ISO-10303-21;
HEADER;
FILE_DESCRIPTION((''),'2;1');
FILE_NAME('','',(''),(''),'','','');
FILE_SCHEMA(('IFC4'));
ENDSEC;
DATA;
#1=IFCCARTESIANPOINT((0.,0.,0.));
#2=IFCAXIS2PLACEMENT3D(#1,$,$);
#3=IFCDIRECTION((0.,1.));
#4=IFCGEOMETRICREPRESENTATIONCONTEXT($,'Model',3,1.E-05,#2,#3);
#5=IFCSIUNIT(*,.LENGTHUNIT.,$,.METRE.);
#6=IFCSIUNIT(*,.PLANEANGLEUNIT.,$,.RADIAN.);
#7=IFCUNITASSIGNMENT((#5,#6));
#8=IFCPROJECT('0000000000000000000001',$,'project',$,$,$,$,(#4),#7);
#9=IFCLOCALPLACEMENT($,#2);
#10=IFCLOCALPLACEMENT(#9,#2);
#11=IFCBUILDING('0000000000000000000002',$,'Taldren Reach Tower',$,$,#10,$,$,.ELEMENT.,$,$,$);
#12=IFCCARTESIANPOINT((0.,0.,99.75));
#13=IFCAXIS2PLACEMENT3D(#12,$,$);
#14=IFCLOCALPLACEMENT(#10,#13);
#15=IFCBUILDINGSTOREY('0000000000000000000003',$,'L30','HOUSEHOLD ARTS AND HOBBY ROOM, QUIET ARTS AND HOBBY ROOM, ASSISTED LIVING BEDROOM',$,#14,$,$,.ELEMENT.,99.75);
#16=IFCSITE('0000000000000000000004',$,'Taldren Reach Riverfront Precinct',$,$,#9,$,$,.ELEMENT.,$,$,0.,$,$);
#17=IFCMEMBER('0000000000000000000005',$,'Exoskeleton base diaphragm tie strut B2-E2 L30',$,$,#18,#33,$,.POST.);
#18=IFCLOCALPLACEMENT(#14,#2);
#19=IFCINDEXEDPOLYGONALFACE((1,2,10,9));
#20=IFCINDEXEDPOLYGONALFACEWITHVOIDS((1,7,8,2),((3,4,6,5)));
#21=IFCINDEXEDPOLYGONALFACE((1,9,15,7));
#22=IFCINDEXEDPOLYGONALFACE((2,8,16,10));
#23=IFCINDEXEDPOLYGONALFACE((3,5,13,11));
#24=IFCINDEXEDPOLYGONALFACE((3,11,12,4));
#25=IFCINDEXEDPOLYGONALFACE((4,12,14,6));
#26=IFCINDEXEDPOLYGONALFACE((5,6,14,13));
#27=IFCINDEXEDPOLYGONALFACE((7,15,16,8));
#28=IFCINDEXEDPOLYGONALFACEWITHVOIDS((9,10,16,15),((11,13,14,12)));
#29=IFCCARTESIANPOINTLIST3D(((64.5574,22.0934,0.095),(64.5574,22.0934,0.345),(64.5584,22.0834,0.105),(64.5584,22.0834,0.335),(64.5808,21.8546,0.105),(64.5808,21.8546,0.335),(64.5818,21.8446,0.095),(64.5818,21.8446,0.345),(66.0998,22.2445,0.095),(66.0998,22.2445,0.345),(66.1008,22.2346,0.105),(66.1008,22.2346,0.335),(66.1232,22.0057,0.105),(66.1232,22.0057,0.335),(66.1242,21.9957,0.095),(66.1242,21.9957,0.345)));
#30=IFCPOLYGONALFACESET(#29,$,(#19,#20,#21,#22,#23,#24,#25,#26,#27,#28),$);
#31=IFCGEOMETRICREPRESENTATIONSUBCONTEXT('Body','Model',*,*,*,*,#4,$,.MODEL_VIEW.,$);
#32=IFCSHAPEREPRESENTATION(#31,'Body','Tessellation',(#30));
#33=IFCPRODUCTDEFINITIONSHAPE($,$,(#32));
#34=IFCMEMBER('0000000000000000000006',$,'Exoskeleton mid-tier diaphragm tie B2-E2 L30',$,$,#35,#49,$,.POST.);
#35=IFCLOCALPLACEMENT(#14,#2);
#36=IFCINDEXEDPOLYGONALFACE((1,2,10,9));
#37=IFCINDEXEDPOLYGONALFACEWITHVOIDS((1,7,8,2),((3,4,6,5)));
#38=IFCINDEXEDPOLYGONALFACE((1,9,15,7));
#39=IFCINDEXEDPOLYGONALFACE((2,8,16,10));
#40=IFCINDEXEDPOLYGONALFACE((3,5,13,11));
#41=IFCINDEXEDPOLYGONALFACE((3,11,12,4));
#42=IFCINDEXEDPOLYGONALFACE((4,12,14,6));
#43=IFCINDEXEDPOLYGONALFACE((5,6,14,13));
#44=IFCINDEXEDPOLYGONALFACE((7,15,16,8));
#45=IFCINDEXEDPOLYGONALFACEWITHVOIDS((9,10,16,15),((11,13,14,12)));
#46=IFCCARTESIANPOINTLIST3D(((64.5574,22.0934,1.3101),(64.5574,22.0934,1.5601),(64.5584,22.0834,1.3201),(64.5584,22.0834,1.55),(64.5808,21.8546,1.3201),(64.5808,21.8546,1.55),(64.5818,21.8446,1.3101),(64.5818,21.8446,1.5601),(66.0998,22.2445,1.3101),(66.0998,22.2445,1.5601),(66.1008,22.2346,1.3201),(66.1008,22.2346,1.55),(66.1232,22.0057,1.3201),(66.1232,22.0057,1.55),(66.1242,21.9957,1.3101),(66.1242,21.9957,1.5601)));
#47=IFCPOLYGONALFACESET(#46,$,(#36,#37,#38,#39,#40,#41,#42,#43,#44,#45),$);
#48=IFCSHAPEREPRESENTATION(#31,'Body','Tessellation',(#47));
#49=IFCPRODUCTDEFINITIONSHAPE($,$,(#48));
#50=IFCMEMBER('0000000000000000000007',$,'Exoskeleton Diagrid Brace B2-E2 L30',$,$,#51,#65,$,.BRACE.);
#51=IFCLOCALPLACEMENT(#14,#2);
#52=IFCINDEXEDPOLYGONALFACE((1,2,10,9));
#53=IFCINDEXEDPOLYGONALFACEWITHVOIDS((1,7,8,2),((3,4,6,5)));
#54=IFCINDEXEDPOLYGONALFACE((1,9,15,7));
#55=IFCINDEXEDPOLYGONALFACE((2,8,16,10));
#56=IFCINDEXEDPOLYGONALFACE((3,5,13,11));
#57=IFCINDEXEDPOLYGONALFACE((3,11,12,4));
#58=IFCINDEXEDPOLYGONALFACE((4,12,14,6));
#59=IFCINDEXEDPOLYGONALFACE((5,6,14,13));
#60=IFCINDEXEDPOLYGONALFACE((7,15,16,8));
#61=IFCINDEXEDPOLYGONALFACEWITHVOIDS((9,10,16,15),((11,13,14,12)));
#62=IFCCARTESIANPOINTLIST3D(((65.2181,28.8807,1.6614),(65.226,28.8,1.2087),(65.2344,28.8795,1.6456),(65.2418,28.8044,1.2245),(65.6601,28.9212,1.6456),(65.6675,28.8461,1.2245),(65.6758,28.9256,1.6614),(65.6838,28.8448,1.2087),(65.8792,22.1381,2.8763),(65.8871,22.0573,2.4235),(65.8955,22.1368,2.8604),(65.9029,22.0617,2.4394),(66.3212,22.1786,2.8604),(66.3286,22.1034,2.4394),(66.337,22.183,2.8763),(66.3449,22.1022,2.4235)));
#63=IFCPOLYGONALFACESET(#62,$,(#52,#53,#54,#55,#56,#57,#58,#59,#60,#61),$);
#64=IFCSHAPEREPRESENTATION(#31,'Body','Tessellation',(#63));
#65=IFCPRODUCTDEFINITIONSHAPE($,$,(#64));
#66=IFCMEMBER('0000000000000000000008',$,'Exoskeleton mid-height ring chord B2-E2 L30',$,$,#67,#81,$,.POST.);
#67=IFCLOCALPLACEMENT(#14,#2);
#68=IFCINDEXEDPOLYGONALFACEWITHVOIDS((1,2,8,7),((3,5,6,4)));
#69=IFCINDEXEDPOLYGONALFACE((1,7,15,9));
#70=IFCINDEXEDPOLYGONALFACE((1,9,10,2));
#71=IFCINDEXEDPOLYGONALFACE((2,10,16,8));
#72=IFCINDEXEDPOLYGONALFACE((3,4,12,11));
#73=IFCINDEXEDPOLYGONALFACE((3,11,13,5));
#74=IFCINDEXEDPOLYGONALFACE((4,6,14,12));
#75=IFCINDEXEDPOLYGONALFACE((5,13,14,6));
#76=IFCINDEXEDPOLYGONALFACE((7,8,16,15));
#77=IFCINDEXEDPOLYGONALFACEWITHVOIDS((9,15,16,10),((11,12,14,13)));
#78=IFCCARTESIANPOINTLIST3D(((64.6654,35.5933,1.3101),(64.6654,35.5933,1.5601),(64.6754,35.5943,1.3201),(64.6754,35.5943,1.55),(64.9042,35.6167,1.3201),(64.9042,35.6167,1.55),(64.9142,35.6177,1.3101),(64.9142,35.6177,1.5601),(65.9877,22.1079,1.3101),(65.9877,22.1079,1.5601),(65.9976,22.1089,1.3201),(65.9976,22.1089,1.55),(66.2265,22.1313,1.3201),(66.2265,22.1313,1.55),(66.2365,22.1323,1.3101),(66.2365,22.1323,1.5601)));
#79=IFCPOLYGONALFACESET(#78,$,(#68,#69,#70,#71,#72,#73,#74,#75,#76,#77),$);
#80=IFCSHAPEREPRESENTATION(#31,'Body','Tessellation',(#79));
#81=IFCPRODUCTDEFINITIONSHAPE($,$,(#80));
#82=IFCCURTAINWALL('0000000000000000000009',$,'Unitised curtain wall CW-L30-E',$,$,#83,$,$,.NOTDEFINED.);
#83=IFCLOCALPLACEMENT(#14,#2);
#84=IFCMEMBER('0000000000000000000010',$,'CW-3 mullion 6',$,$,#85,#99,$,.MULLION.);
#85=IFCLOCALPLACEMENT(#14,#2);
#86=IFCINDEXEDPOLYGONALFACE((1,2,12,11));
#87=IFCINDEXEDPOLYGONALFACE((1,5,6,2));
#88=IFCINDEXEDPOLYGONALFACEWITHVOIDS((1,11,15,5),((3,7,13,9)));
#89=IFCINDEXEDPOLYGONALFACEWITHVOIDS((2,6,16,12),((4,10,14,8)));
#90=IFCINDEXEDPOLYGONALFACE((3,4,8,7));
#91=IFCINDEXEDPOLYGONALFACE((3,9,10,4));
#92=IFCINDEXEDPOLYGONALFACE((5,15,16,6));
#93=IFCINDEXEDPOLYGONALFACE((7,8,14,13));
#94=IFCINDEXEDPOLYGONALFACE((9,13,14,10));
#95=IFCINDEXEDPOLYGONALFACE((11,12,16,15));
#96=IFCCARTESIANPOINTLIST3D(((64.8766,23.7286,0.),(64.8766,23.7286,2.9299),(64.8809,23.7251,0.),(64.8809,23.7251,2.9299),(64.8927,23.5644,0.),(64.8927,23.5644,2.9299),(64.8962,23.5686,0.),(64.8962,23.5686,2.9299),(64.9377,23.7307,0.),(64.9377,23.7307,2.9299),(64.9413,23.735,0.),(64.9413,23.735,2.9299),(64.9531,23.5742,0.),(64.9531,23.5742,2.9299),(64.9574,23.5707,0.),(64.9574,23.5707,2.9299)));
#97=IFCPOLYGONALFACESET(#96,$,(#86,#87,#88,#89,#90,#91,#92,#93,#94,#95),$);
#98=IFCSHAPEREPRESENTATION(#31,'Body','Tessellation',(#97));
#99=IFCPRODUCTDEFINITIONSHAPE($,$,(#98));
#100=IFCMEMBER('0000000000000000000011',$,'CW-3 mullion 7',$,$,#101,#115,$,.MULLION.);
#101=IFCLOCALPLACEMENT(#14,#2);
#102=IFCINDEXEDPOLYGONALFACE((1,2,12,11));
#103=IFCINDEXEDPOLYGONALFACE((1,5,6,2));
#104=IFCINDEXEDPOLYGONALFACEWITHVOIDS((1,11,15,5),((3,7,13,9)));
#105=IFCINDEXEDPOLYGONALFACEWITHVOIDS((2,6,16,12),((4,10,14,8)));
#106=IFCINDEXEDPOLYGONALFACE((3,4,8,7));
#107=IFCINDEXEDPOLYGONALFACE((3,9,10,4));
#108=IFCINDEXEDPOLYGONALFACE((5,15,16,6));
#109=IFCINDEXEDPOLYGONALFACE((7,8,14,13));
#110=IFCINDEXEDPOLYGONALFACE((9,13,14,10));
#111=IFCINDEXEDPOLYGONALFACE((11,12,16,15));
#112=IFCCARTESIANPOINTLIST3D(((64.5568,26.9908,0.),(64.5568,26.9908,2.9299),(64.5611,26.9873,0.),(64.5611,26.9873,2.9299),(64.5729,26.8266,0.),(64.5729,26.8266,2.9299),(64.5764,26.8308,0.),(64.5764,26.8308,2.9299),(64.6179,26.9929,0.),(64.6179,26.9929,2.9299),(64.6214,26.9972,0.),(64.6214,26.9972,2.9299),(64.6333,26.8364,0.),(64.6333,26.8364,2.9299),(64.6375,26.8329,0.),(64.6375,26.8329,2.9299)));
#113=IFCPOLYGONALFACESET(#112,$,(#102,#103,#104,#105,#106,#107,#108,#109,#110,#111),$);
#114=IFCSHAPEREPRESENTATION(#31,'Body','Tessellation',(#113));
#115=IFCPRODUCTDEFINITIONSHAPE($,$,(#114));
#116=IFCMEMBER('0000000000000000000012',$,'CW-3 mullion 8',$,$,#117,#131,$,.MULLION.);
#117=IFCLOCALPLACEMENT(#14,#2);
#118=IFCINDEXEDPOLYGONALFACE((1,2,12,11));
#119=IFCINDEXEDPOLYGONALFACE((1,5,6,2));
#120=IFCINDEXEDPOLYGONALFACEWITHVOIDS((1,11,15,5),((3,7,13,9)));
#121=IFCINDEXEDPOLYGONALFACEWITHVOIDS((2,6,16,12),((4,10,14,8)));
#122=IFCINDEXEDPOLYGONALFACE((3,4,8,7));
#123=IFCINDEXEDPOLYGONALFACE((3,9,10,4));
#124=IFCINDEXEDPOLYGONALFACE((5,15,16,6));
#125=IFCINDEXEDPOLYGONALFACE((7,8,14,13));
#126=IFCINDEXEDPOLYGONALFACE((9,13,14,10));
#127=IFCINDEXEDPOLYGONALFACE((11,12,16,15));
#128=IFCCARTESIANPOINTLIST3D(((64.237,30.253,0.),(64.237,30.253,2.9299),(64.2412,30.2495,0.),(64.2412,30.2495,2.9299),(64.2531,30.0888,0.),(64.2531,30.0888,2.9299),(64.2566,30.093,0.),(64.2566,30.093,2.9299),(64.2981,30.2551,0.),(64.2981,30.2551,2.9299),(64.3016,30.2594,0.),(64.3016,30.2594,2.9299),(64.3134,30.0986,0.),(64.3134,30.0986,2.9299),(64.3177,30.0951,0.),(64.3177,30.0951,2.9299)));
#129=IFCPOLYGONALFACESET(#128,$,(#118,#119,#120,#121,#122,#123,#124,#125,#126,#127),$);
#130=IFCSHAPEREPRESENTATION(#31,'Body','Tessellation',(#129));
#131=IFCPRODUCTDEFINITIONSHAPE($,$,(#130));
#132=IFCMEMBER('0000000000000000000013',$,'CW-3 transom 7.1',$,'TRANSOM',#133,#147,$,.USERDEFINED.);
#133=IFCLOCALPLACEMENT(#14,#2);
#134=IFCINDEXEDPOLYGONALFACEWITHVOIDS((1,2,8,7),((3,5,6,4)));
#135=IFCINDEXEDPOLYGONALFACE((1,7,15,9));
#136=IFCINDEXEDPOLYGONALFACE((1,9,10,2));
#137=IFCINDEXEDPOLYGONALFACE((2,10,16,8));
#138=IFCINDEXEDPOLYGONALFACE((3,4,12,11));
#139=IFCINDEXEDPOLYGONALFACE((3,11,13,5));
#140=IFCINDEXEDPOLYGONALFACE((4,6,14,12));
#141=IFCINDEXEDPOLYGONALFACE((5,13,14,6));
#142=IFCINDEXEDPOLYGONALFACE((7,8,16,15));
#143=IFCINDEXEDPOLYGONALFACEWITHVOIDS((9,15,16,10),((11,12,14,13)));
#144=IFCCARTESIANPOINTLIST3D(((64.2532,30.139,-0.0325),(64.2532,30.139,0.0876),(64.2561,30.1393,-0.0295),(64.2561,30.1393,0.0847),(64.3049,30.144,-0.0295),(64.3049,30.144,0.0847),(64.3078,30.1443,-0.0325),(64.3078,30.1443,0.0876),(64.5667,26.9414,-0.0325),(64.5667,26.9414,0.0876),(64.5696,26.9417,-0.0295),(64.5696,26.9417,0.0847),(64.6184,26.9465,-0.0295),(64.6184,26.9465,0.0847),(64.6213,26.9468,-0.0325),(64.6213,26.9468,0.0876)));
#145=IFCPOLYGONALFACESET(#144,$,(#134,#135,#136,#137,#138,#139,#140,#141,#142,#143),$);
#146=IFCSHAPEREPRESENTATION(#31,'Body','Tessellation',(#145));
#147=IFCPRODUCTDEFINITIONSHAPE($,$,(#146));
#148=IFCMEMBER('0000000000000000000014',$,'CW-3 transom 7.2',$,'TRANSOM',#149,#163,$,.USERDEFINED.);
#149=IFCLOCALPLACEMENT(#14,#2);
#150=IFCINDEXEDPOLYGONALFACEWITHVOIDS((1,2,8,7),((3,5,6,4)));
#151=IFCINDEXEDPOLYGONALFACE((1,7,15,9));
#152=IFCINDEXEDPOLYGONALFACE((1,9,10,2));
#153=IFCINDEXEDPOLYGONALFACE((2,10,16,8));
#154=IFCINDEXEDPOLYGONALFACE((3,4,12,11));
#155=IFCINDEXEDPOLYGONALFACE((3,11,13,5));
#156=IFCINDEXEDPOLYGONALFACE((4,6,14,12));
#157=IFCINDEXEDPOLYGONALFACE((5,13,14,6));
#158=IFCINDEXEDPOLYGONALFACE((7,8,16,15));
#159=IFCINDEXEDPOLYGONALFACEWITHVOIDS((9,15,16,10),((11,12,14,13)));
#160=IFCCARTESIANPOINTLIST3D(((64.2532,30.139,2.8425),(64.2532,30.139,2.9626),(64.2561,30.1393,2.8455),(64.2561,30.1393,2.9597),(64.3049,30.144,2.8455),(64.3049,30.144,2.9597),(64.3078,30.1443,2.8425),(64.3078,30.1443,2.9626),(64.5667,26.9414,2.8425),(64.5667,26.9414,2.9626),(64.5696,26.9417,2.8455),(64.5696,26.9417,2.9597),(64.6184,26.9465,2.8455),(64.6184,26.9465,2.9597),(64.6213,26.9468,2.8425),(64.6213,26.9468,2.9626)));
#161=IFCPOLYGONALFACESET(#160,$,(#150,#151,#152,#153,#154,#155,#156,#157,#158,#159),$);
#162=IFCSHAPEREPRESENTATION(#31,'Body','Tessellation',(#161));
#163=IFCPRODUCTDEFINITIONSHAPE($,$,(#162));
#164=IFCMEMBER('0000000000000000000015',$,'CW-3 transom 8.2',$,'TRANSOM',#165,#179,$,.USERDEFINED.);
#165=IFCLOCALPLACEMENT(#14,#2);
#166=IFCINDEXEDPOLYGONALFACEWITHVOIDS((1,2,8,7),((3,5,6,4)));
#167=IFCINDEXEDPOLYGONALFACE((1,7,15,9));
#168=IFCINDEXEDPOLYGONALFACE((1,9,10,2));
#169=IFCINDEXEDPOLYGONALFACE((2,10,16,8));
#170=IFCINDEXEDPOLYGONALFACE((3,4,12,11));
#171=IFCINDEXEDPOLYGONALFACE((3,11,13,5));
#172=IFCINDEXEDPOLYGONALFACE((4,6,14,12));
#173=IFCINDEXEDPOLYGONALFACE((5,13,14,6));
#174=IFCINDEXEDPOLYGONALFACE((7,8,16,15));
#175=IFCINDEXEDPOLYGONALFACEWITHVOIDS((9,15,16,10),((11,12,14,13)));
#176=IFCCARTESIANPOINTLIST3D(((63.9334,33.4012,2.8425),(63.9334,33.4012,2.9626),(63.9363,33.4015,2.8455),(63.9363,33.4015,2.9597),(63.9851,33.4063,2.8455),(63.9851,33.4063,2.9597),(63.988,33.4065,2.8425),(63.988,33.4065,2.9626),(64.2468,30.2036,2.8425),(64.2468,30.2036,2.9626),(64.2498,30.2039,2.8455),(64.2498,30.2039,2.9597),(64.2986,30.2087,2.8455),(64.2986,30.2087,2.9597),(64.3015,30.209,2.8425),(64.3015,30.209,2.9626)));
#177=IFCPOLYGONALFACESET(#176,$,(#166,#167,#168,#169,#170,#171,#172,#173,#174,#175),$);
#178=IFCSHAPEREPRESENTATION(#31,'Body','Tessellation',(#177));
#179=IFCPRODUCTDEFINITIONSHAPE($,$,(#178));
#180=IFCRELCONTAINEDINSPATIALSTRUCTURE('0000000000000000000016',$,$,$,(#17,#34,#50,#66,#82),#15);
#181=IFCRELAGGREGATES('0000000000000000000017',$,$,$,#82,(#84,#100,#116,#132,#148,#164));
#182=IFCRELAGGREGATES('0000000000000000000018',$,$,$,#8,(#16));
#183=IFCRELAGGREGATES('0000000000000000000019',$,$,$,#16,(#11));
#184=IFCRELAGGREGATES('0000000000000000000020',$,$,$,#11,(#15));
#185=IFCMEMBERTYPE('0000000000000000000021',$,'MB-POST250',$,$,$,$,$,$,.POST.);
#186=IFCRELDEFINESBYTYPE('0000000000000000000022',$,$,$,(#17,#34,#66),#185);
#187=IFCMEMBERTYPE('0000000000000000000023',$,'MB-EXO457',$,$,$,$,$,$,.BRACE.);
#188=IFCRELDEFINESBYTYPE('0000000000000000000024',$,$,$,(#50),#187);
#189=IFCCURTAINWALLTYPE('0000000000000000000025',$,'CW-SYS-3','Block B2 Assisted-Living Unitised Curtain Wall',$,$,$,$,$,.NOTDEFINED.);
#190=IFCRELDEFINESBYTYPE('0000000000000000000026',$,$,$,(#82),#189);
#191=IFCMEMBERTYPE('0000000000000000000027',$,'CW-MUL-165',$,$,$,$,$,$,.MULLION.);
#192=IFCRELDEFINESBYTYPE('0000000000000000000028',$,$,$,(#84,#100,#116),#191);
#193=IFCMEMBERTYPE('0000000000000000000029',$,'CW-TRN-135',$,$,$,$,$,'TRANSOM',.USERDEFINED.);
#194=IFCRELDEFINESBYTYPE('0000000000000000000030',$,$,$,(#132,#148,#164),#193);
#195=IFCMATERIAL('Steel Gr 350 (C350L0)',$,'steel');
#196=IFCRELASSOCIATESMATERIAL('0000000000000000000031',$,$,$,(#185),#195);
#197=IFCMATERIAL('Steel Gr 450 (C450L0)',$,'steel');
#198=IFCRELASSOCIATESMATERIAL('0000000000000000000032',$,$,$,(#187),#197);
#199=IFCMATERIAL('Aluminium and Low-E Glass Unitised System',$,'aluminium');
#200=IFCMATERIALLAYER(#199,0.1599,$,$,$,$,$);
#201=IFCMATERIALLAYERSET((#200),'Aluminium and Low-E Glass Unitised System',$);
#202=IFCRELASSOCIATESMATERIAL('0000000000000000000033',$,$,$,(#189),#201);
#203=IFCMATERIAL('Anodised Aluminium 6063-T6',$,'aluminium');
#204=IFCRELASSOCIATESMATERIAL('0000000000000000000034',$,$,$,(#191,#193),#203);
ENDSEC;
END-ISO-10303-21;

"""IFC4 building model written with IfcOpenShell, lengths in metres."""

from ifc_helpers import new_model, si_unit, direction, frame, origin, origin_2d, place, context, subcontext, project, spatial, hollow_rectangle, extrude, source, transform, mapped, material, layer, layer_set, material_profile, profile_set, type_object, element, aggregate, save


model = new_model("IFC4")

# Units and contexts
model_context = context("Model", 3, precision=1e-05, world=origin(), true_north=direction((0.0, 1.0)))
body_context = subcontext(model_context, "Body", "Model", "MODEL_VIEW")
ifc_project = project(units=[si_unit("LENGTHUNIT", "METRE"), si_unit("PLANEANGLEUNIT", "RADIAN")], contexts=[model_context])

# Site, building, storey
site_placement = place(None, origin())
site = spatial("IfcSite", under=ifc_project, at=site_placement, Name="Taldren Reach Riverfront Precinct", CompositionType="ELEMENT", RefElevation=0.0)
building_placement = place(site_placement, origin())
building = spatial("IfcBuilding", under=site, at=building_placement, Name="Taldren Reach Tower", CompositionType="ELEMENT")
storey_placement = place(building_placement, frame((0.0, 0.0, 99.75)))
storey = spatial("IfcBuildingStorey", under=building, at=storey_placement, Name="L30", Description="HOUSEHOLD ARTS AND HOBBY ROOM, QUIET ARTS AND HOBBY ROOM, ASSISTED LIVING BEDROOM", CompositionType="ELEMENT", Elevation=99.75)

# Members
ifc_material_1 = material(Name="Steel Gr 350 (C350L0)", Category="steel")
ifc_material_profile_1 = material_profile(ifc_material_1, hollow_rectangle(XDim=0.25, YDim=0.25, WallThickness=0.01, at=origin_2d()), Name="250x250x10.0SHS")
ifc_profile_set_1 = profile_set([ifc_material_profile_1], Name="Steel Gr 350 (C350L0)")
member_type_1 = type_object("IfcMemberType", Name="MB-POST250", PredefinedType="POST", material=ifc_profile_set_1)
shared_shape_1 = source(origin(), body_context, "Body", "SweptSolid", [
    extrude(hollow_rectangle(XDim=0.25, YDim=0.25, WallThickness=0.01, at=origin_2d()), origin(), (0.0, 0.0, 1.0), 1.5498),
])
for number, where, z_axis, x_axis, name in (
    (1, (64.5696, 21.969, 0.22), (0.995235, 0.097507, 0.0), (-0.097507, 0.995235, 0.0), "Exoskeleton base diaphragm tie strut B2-E2 L30"),
    (2, (64.5696, 21.969, 1.4351), (0.995235, 0.097507, 0.0), (-0.097507, 0.995235, 0.0), "Exoskeleton mid-tier diaphragm tie B2-E2 L30"),
):
    element("IfcMember", number, at=place(storey_placement, frame(where, z_axis=z_axis, x_axis=x_axis)), inside=storey, type_object=member_type_1, Name=name, PredefinedType="POST", context=body_context, shape_type="MappedRepresentation", body=[
        mapped(shared_shape_1, transform((0.0, 0.0, 0.0), scale=1.0)),
    ])
ifc_material_2 = material(Name="Steel Gr 450 (C450L0)", Category="steel")
ifc_material_profile_2 = material_profile(ifc_material_2, hollow_rectangle(XDim=0.46, YDim=0.46, WallThickness=0.0161, at=origin_2d()), Name="460x460x16.0SHS")
ifc_profile_set_2 = profile_set([ifc_material_profile_2], Name="Steel Gr 450 (C450L0)")
member_type_2 = type_object("IfcMemberType", Name="MB-EXO457", PredefinedType="BRACE", material=ifc_profile_set_2)
shared_shape_2 = source(origin(), body_context, "Body", "SweptSolid", [
    extrude(hollow_rectangle(XDim=0.46, YDim=0.46, WallThickness=0.0161, at=origin_2d()), origin(), (0.0, 0.0, 1.0), 6.8831),
])
member_1_placement = place(storey_placement, frame((65.4509, 28.8628, 1.4351), z_axis=(0.096052, -0.979603, 0.176497), x_axis=(0.995227, 0.097584, 0.0)))
element("IfcMember", 3, at=member_1_placement, inside=storey, type_object=member_type_2, Name="Exoskeleton Diagrid Brace B2-E2 L30", PredefinedType="BRACE", context=body_context, shape_type="MappedRepresentation", body=[
    mapped(shared_shape_2, transform((0.0, 0.0, 0.0), scale=1.0)),
])
shared_shape_3 = source(origin(), body_context, "Body", "SweptSolid", [
    extrude(hollow_rectangle(XDim=0.25, YDim=0.25, WallThickness=0.01, at=origin_2d()), origin(), (0.0, 0.0, 1.0), 13.55),
])
member_2_placement = place(storey_placement, frame((66.1121, 22.1201, 1.4351), z_axis=(-0.097584, 0.995227, 0.0), x_axis=(-0.995227, -0.097584, 0.0)))
element("IfcMember", 4, at=member_2_placement, inside=storey, type_object=member_type_1, Name="Exoskeleton mid-height ring chord B2-E2 L30", PredefinedType="POST", context=body_context, shape_type="MappedRepresentation", body=[
    mapped(shared_shape_3, transform((0.0, 0.0, 0.0), scale=1.0)),
])

# Curtain wall, members
ifc_material_3 = material(Name="Aluminium and Low-E Glass Unitised System", Category="aluminium")
ifc_layer_1 = layer(ifc_material_3, 0.1599)
ifc_layer_set_1 = layer_set([ifc_layer_1], Name="Aluminium and Low-E Glass Unitised System")
curtain_wall_type = type_object("IfcCurtainWallType", Name="CW-SYS-3", Description="Block B2 Assisted-Living Unitised Curtain Wall", PredefinedType="NOTDEFINED", material=ifc_layer_set_1)
curtain_wall_placement = place(storey_placement, origin())
curtain_wall = element("IfcCurtainWall", 5, at=curtain_wall_placement, inside=storey, type_object=curtain_wall_type, Name="Unitised curtain wall CW-L30-E", PredefinedType="NOTDEFINED")
ifc_material_4 = material(Name="Anodised Aluminium 6063-T6", Category="aluminium")
ifc_material_profile_3 = material_profile(ifc_material_4, hollow_rectangle(XDim=0.0649, YDim=0.165, WallThickness=0.0039, at=origin_2d()), Name="ALU-165x65x4RHS")
ifc_profile_set_3 = profile_set([ifc_material_profile_3], Name="Anodised Aluminium 6063-T6")
member_type_3 = type_object("IfcMemberType", Name="CW-MUL-165", PredefinedType="MULLION", material=ifc_profile_set_3)
shared_shape_4 = source(origin(), body_context, "Body", "SweptSolid", [
    extrude(hollow_rectangle(XDim=0.0649, YDim=0.165, WallThickness=0.0039, at=origin_2d()), origin(), (0.0, 0.0, 1.0), 2.9299),
])
member_3_placement = place(storey_placement, frame((64.917, 23.6497, 0.0), z_axis=(0.0, 0.0, 1.0), x_axis=(-0.995227, -0.097583, 0.0)))
member_3 = element("IfcMember", 6, at=member_3_placement, type_object=member_type_3, Name="CW-3 mullion 6", PredefinedType="MULLION", context=body_context, shape_type="MappedRepresentation", body=[
    mapped(shared_shape_4, transform((0.0, 0.0, 0.0), scale=1.0)),
])
member_4_placement = place(storey_placement, frame((64.5972, 26.9119, 0.0), z_axis=(0.0, 0.0, 1.0), x_axis=(-0.995227, -0.097583, 0.0)))
member_4 = element("IfcMember", 7, at=member_4_placement, type_object=member_type_3, Name="CW-3 mullion 7", PredefinedType="MULLION", context=body_context, shape_type="MappedRepresentation", body=[
    mapped(shared_shape_4, transform((0.0, 0.0, 0.0), scale=1.0)),
])
member_5_placement = place(storey_placement, frame((64.2773, 30.1741, 0.0), z_axis=(0.0, 0.0, 1.0), x_axis=(-0.995227, -0.097583, 0.0)))
member_5 = element("IfcMember", 8, at=member_5_placement, type_object=member_type_3, Name="CW-3 mullion 8", PredefinedType="MULLION", context=body_context, shape_type="MappedRepresentation", body=[
    mapped(shared_shape_4, transform((0.0, 0.0, 0.0), scale=1.0)),
])
ifc_material_profile_4 = material_profile(ifc_material_4, hollow_rectangle(XDim=0.0549, YDim=0.1201, WallThickness=0.0029, at=origin_2d()), Name="ALU-120x55x3RHS")
ifc_profile_set_4 = profile_set([ifc_material_profile_4], Name="Anodised Aluminium 6063-T6")
member_type_4 = type_object("IfcMemberType", Name="CW-TRN-135", ElementType="TRANSOM", PredefinedType="USERDEFINED", material=ifc_profile_set_4)
shared_shape_5 = source(origin(), body_context, "Body", "SweptSolid", [
    extrude(hollow_rectangle(XDim=0.0549, YDim=0.1201, WallThickness=0.0029, at=origin_2d()), origin(), (0.0, 0.0, 1.0), 3.2129),
])
member_6_placement = place(storey_placement, frame((64.594, 26.9441, 0.0276), z_axis=(-0.09757, 0.995229, 0.0), x_axis=(-0.995229, -0.09757, 0.0)))
member_6 = element("IfcMember", 9, at=member_6_placement, type_object=member_type_4, Name="CW-3 transom 7.1", ObjectType="TRANSOM", PredefinedType="USERDEFINED", context=body_context, shape_type="MappedRepresentation", body=[
    mapped(shared_shape_5, transform((0.0, 0.0, 0.0), scale=1.0)),
])
member_7_placement = place(storey_placement, frame((64.594, 26.9441, 2.9026), z_axis=(-0.09757, 0.995229, 0.0), x_axis=(-0.995229, -0.09757, 0.0)))
member_7 = element("IfcMember", 10, at=member_7_placement, type_object=member_type_4, Name="CW-3 transom 7.2", ObjectType="TRANSOM", PredefinedType="USERDEFINED", context=body_context, shape_type="MappedRepresentation", body=[
    mapped(shared_shape_5, transform((0.0, 0.0, 0.0), scale=1.0)),
])
member_8_placement = place(storey_placement, frame((64.2742, 30.2063, 2.9026), z_axis=(-0.09757, 0.995229, 0.0), x_axis=(-0.995229, -0.09757, 0.0)))
member_8 = element("IfcMember", 11, at=member_8_placement, type_object=member_type_4, Name="CW-3 transom 8.2", ObjectType="TRANSOM", PredefinedType="USERDEFINED", context=body_context, shape_type="MappedRepresentation", body=[
    mapped(shared_shape_5, transform((0.0, 0.0, 0.0), scale=1.0)),
])

aggregate(curtain_wall, [member_3, member_4, member_5, member_6, member_7, member_8])

save(model, "model.ifc")
